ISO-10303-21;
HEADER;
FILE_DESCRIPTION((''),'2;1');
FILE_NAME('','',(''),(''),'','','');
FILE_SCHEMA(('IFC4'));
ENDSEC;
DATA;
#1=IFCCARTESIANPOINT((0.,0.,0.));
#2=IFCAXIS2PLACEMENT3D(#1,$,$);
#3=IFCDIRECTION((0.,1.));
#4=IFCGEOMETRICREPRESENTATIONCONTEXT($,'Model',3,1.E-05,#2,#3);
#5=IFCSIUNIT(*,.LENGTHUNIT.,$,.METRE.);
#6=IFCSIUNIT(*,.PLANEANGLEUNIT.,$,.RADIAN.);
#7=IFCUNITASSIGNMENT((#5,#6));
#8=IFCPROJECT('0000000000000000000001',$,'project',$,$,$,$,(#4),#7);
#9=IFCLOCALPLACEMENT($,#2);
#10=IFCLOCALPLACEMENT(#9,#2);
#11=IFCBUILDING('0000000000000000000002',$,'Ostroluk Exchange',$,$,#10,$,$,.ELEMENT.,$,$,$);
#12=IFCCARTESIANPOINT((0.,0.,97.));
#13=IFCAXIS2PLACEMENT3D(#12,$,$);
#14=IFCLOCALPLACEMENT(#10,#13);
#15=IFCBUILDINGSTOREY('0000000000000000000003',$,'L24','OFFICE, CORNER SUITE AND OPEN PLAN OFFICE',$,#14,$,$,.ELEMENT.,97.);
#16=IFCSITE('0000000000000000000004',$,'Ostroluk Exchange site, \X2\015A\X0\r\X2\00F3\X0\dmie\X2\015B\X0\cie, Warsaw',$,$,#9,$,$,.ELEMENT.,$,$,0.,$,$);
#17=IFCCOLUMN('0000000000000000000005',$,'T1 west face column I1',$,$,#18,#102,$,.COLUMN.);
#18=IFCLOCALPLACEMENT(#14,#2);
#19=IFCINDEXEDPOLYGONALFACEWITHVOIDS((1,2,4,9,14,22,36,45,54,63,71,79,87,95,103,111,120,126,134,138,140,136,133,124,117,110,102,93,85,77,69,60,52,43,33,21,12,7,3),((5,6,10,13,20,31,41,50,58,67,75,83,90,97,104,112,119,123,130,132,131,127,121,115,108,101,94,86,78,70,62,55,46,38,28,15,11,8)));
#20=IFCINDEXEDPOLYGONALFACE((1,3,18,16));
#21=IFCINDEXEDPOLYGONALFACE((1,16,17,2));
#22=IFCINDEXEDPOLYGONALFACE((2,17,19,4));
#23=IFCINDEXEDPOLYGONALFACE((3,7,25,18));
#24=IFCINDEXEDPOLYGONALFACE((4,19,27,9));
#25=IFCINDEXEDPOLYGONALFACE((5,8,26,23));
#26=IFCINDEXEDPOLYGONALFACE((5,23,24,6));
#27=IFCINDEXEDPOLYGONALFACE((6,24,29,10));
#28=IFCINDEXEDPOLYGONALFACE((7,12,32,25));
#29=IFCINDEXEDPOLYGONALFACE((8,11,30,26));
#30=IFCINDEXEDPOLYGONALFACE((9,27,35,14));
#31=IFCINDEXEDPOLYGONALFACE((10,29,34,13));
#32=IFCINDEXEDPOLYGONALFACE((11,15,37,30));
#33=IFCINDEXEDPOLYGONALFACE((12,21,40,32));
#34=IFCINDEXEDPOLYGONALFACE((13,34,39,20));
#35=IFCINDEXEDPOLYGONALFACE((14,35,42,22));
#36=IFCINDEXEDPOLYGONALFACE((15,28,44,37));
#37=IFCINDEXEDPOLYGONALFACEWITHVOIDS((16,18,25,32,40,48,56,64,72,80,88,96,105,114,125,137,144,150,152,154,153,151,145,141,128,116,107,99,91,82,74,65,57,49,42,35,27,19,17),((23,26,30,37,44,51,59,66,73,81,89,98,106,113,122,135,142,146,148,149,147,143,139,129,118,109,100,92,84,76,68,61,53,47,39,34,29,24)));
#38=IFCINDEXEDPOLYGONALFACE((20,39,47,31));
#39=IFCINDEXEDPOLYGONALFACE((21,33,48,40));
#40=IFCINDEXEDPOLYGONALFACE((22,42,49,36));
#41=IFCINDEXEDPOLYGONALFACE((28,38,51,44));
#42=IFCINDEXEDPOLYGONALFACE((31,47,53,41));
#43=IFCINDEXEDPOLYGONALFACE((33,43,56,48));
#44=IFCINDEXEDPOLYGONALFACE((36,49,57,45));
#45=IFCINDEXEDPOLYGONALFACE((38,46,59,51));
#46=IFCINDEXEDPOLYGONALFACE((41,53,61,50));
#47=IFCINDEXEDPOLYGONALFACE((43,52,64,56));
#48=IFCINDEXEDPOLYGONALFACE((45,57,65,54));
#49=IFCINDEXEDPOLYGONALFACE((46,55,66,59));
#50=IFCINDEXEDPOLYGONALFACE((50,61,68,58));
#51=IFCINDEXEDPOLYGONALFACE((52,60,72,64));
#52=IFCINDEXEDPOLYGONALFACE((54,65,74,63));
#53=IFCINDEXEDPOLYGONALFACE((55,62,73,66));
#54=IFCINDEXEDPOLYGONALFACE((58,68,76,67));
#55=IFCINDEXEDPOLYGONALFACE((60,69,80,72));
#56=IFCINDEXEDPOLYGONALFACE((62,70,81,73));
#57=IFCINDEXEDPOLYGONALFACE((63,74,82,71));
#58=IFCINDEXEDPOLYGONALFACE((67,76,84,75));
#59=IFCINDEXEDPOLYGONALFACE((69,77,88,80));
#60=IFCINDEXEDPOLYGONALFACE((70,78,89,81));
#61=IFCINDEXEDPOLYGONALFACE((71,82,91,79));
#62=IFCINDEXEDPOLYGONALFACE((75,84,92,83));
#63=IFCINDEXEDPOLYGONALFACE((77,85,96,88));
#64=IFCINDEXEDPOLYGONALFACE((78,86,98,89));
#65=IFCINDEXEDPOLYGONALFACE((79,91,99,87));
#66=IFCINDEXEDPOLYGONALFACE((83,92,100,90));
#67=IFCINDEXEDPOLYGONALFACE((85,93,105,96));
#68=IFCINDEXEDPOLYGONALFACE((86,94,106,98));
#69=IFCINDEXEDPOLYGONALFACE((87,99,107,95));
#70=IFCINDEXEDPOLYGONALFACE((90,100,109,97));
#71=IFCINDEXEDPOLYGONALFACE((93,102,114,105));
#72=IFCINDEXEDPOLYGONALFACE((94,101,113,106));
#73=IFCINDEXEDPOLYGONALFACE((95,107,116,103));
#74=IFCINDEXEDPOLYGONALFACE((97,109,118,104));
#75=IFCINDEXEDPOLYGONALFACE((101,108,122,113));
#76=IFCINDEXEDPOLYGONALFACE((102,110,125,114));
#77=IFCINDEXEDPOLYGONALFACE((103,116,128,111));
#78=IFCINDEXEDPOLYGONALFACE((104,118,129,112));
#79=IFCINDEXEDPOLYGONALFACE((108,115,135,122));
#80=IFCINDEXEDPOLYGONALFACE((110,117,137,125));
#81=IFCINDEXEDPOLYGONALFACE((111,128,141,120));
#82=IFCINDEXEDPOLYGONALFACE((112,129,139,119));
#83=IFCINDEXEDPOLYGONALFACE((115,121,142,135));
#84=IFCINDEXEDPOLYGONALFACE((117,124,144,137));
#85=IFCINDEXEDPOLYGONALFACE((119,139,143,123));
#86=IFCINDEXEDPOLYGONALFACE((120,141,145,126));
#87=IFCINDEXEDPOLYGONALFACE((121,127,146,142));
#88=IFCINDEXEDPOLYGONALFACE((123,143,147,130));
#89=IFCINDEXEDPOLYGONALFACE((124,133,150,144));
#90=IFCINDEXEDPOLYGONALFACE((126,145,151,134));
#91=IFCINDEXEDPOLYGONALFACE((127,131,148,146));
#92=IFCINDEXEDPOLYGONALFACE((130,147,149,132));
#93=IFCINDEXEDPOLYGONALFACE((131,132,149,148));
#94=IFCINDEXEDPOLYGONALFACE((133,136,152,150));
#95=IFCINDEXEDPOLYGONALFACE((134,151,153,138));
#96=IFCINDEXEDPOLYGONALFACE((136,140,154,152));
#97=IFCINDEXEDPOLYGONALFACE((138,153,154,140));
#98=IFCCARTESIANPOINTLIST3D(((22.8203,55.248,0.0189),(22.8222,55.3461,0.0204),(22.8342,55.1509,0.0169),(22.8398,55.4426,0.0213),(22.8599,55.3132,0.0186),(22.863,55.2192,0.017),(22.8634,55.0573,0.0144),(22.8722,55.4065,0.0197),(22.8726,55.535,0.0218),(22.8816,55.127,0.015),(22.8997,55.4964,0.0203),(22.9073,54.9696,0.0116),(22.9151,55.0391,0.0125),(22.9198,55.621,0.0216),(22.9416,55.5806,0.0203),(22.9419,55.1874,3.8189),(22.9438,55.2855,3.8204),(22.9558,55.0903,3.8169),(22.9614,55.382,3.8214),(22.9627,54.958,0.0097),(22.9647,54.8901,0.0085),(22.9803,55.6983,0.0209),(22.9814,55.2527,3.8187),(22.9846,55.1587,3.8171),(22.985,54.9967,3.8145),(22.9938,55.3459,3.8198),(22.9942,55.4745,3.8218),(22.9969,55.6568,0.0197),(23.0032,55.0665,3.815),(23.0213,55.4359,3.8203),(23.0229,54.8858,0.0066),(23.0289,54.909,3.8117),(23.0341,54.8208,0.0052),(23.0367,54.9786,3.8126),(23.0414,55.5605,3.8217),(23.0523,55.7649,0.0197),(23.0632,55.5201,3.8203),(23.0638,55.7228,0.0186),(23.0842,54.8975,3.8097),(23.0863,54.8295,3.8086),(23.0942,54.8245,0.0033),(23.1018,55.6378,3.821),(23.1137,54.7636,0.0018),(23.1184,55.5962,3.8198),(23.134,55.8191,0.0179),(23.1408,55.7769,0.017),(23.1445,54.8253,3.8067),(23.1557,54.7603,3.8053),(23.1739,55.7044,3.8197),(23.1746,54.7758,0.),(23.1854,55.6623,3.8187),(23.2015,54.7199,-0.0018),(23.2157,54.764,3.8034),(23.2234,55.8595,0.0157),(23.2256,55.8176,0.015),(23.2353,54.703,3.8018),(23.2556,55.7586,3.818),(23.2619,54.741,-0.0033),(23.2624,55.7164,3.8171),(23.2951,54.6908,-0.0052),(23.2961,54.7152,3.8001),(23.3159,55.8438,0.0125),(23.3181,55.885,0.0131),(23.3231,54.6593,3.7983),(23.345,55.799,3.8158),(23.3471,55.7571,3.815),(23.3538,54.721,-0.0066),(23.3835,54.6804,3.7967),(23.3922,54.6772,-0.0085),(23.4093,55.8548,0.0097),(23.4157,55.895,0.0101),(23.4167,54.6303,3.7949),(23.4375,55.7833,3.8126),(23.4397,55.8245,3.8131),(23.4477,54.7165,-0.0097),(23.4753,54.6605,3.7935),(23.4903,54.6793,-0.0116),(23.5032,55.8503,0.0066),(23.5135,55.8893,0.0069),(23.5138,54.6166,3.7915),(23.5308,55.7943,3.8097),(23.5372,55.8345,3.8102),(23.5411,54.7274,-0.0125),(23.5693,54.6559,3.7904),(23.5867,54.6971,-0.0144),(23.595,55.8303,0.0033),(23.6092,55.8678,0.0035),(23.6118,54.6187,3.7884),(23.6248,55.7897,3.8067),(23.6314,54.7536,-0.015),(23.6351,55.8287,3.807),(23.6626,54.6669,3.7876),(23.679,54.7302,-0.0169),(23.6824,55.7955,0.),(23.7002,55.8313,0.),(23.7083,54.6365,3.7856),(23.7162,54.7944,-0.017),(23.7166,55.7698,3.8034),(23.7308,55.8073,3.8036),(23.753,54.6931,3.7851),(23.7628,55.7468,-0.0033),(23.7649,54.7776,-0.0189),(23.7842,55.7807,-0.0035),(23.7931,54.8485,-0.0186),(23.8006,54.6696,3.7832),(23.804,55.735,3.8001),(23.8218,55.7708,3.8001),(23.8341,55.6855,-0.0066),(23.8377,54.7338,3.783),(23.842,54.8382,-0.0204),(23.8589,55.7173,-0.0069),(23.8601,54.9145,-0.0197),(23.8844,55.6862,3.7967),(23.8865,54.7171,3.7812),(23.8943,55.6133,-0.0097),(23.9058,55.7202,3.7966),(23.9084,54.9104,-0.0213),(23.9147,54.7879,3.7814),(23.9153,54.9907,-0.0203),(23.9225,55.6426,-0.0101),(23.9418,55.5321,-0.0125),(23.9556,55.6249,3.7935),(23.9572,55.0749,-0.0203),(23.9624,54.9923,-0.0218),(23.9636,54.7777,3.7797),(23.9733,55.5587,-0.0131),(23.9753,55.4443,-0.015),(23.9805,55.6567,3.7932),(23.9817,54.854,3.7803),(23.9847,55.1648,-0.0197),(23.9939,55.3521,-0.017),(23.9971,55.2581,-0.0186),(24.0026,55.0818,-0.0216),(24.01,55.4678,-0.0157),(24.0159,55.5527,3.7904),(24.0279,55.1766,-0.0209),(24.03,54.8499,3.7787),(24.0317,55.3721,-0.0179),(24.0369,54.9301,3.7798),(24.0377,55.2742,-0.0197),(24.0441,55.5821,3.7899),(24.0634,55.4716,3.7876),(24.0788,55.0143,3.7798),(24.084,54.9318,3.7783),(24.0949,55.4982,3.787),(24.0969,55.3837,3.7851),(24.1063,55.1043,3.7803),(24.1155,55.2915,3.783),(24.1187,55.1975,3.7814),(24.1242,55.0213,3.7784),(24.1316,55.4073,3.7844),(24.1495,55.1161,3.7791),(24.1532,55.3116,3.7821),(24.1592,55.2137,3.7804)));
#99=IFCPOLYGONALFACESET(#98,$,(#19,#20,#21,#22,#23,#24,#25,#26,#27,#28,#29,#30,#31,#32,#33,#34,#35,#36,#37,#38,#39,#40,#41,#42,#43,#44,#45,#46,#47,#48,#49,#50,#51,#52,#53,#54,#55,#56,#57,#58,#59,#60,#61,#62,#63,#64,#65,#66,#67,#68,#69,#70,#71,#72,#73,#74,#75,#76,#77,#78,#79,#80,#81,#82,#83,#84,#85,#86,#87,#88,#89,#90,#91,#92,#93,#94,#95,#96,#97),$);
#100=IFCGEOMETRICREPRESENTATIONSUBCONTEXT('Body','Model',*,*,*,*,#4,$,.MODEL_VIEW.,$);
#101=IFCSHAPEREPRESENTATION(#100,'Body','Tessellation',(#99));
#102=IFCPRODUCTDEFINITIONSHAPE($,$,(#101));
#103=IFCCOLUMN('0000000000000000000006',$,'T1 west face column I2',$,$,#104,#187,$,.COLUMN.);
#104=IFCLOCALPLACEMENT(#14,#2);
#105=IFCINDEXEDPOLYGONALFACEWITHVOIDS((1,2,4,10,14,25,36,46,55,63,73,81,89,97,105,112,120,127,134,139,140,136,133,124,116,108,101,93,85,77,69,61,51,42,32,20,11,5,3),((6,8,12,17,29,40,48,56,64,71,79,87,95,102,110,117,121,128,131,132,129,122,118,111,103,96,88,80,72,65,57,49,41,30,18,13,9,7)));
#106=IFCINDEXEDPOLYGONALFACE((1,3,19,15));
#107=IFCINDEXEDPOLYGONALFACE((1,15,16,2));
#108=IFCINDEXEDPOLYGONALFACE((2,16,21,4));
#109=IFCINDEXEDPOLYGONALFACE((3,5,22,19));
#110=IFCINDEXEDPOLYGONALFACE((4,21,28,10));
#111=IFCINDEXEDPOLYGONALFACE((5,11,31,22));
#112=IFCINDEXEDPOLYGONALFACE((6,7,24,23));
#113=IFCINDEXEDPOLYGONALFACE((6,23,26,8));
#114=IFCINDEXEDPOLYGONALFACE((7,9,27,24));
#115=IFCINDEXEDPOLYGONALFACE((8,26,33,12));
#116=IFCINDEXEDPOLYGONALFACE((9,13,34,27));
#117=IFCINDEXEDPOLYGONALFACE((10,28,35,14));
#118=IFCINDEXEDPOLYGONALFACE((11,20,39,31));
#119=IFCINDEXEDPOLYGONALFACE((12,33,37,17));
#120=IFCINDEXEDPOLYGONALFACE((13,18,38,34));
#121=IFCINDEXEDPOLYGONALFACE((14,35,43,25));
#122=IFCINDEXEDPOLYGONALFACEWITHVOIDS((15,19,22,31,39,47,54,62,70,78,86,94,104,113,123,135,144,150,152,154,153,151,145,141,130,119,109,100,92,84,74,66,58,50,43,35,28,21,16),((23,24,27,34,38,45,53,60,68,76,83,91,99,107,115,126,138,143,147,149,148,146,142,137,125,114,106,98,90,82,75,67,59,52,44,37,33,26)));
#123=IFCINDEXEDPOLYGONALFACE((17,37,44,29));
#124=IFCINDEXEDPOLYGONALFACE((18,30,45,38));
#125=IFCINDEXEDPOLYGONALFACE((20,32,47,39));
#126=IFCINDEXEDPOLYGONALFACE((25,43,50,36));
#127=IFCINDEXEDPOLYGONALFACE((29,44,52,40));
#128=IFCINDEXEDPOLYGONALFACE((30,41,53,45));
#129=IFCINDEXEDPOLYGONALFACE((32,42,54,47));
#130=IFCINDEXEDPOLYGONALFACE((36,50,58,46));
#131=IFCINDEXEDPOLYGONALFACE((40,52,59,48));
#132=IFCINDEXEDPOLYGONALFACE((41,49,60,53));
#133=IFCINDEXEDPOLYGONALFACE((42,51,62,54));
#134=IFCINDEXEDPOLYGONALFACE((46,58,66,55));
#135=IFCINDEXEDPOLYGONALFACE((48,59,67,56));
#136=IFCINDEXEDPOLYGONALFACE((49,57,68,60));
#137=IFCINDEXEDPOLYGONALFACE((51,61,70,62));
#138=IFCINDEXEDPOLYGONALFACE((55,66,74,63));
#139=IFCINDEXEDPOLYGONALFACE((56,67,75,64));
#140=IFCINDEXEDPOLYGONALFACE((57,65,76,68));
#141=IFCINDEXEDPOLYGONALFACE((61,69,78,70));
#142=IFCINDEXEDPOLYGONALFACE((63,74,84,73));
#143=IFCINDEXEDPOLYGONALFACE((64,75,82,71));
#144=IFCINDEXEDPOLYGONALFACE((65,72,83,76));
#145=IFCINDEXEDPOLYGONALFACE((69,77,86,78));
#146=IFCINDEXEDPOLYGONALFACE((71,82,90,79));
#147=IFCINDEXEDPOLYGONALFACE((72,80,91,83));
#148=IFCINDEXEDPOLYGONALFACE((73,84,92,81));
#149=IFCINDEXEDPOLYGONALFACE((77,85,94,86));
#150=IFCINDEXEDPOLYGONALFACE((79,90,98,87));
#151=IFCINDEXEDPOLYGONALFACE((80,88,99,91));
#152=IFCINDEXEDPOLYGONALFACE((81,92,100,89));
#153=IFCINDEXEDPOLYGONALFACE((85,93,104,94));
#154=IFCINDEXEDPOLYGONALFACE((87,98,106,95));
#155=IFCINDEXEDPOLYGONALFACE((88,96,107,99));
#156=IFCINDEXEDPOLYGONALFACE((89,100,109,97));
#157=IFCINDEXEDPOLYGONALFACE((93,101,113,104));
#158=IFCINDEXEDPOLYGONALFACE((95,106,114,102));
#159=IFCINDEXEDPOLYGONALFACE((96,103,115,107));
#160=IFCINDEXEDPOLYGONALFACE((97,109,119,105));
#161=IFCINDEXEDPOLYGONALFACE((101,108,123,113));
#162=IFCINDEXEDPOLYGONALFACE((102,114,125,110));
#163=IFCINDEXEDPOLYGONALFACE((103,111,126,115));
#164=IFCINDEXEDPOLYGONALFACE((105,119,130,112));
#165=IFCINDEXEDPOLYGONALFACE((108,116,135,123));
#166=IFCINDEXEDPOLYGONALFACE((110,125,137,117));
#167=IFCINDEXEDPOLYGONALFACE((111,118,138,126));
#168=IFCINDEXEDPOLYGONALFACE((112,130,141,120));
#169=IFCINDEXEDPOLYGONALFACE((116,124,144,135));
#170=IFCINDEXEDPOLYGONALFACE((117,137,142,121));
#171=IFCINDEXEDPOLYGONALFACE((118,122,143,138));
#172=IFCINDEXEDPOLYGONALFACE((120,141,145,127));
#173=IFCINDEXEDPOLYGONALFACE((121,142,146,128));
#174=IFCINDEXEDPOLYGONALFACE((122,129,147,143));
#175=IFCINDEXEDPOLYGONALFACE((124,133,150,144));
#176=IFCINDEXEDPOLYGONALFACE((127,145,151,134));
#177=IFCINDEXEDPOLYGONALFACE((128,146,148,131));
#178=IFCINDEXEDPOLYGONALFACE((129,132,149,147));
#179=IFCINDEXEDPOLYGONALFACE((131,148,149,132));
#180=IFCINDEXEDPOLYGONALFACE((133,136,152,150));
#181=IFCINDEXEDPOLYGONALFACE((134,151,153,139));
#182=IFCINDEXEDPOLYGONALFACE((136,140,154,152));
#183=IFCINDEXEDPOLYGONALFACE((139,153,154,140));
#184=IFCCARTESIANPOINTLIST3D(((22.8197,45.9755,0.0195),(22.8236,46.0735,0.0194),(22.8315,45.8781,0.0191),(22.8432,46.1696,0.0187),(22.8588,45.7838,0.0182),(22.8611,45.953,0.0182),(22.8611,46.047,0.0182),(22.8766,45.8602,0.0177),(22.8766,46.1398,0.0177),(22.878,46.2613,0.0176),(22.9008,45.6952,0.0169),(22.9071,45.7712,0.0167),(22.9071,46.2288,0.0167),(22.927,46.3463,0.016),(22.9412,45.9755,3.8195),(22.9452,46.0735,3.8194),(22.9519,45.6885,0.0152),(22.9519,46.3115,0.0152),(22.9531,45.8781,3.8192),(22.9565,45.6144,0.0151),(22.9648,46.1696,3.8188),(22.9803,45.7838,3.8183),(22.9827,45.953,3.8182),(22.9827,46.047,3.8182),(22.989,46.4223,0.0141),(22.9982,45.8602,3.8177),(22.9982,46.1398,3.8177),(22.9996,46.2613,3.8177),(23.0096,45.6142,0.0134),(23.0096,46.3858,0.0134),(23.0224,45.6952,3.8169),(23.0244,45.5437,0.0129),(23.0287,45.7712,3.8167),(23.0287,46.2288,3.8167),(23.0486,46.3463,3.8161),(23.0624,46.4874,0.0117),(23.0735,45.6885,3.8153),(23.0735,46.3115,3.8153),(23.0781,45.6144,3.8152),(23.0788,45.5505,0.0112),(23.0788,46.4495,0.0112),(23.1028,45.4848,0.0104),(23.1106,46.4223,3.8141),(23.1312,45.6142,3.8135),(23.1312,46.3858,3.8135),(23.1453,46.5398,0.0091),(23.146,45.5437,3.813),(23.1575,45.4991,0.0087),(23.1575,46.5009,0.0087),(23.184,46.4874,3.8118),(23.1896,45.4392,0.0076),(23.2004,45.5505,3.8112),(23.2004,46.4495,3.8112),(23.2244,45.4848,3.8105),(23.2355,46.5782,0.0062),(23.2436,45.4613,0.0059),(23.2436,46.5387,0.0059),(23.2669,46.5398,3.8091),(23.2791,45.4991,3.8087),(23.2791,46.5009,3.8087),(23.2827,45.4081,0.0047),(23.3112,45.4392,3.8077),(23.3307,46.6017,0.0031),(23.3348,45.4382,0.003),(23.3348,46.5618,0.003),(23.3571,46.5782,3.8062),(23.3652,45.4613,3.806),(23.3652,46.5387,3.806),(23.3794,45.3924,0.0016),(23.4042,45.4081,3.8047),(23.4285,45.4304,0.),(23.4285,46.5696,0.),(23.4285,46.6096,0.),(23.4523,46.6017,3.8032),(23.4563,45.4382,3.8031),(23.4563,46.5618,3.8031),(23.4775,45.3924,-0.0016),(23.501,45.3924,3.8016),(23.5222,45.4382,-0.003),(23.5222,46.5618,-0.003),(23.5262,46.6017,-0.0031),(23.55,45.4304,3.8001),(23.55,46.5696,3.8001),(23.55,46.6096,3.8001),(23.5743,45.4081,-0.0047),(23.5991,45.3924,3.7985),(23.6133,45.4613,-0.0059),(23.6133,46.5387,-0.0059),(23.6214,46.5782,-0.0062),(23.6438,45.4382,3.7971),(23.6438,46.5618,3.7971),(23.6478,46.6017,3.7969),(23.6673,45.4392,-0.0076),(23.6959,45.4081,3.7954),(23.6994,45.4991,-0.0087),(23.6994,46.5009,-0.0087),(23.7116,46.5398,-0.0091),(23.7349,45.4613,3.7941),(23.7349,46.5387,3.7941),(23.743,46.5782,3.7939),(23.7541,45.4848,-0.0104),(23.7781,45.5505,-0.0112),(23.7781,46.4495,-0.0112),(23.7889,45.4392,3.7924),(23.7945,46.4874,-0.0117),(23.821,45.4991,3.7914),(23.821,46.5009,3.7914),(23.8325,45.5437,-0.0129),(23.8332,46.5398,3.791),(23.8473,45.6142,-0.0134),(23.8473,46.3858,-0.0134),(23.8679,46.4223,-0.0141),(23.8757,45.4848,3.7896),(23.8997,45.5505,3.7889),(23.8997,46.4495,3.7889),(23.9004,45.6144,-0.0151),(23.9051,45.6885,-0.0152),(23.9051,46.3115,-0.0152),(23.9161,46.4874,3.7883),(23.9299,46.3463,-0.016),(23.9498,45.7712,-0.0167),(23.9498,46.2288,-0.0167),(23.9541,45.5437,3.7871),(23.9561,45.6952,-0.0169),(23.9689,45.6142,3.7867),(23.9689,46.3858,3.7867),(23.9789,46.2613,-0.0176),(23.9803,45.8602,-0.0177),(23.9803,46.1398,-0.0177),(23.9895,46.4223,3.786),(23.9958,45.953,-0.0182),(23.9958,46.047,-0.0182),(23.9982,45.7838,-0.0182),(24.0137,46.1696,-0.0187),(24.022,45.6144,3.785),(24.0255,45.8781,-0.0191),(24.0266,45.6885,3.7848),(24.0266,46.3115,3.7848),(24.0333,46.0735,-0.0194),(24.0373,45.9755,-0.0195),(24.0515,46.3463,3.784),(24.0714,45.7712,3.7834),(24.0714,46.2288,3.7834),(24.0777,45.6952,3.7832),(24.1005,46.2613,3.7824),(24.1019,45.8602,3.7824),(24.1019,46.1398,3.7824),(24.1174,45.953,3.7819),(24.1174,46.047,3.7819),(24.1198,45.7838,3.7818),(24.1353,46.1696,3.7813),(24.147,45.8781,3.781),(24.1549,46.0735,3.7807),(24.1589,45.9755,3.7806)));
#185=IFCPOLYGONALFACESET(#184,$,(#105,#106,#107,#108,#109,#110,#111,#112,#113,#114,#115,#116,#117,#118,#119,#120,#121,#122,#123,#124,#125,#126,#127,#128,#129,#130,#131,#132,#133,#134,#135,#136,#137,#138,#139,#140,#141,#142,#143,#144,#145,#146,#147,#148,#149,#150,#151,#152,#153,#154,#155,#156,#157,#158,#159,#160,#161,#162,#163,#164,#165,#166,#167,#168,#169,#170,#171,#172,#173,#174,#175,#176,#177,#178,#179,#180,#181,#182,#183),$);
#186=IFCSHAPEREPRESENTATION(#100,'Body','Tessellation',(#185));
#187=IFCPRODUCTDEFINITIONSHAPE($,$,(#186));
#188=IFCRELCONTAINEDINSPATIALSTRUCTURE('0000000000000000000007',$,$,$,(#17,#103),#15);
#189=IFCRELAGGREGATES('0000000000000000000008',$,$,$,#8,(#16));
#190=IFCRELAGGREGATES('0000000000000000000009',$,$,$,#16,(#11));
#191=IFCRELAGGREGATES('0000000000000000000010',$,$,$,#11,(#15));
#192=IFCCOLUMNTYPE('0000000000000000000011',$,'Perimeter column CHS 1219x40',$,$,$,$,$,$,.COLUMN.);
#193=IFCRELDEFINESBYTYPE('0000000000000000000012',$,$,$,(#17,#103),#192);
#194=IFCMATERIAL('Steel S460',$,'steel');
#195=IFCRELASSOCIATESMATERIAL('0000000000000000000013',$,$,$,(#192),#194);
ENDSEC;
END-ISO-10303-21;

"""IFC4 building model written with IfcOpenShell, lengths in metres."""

from ifc_helpers import new_model, si_unit, direction, frame, origin, origin_2d, place, context, subcontext, project, spatial, hollow_circle, extrude, material, material_profile, profile_set, type_object, element, save


model = new_model("IFC4")

# Units and contexts
model_context = context("Model", 3, precision=1e-05, world=origin(), true_north=direction((0.0, 1.0)))
body_context = subcontext(model_context, "Body", "Model", "MODEL_VIEW")
ifc_project = project(units=[si_unit("LENGTHUNIT", "METRE"), si_unit("PLANEANGLEUNIT", "RADIAN")], contexts=[model_context])

# Site, building, storey
site_placement = place(None, origin())
site = spatial("IfcSite", under=ifc_project, at=site_placement, Name="Ostroluk Exchange site, Śródmieście, Warsaw", CompositionType="ELEMENT", RefElevation=0.0)
building_placement = place(site_placement, origin())
building = spatial("IfcBuilding", under=site, at=building_placement, Name="Ostroluk Exchange", CompositionType="ELEMENT")
storey_placement = place(building_placement, frame((0.0, 0.0, 97.0)))
storey = spatial("IfcBuildingStorey", under=building, at=storey_placement, Name="L24", Description="OFFICE, CORNER SUITE AND OPEN PLAN OFFICE", CompositionType="ELEMENT", Elevation=97.0)

# Columns
ifc_material_1 = material(Name="Steel S460", Category="steel")
ifc_material_profile_1 = material_profile(ifc_material_1, hollow_circle(Radius=0.6096, WallThickness=0.04, at=origin_2d()), Name="CHS 1219x40")
ifc_profile_set_1 = profile_set([ifc_material_profile_1], Name="Steel S460")
column_type = type_object("IfcColumnType", Name="Perimeter column CHS 1219x40", PredefinedType="COLUMN", material=ifc_profile_set_1)
column_1_placement = place(storey_placement, frame((23.4285, 55.2856, 0.0), z_axis=(0.031974, -0.015923, 0.999362), x_axis=(0.445775, 0.895145, 0.0)))
element("IfcColumn", 1, at=column_1_placement, inside=storey, type_object=column_type, Name="T1 west face column I1", PredefinedType="COLUMN", context=body_context, shape_type="SweptSolid", body=[
    extrude(hollow_circle(Radius=0.6096, WallThickness=0.04, at=origin_2d()), origin(), (0.0, 0.0, 1.0), 3.8025),
])
column_2_placement = place(storey_placement, frame((23.4285, 46.0, 0.0), z_axis=(0.031978, 0.0, 0.999489), x_axis=(0.0, 1.0, 0.0)))
element("IfcColumn", 2, at=column_2_placement, inside=storey, type_object=column_type, Name="T1 west face column I2", PredefinedType="COLUMN", context=body_context, shape_type="SweptSolid", body=[
    extrude(hollow_circle(Radius=0.6096, WallThickness=0.04, at=origin_2d()), origin(), (0.0, 0.0, 1.0), 3.802),
])

save(model, "model.ifc")
